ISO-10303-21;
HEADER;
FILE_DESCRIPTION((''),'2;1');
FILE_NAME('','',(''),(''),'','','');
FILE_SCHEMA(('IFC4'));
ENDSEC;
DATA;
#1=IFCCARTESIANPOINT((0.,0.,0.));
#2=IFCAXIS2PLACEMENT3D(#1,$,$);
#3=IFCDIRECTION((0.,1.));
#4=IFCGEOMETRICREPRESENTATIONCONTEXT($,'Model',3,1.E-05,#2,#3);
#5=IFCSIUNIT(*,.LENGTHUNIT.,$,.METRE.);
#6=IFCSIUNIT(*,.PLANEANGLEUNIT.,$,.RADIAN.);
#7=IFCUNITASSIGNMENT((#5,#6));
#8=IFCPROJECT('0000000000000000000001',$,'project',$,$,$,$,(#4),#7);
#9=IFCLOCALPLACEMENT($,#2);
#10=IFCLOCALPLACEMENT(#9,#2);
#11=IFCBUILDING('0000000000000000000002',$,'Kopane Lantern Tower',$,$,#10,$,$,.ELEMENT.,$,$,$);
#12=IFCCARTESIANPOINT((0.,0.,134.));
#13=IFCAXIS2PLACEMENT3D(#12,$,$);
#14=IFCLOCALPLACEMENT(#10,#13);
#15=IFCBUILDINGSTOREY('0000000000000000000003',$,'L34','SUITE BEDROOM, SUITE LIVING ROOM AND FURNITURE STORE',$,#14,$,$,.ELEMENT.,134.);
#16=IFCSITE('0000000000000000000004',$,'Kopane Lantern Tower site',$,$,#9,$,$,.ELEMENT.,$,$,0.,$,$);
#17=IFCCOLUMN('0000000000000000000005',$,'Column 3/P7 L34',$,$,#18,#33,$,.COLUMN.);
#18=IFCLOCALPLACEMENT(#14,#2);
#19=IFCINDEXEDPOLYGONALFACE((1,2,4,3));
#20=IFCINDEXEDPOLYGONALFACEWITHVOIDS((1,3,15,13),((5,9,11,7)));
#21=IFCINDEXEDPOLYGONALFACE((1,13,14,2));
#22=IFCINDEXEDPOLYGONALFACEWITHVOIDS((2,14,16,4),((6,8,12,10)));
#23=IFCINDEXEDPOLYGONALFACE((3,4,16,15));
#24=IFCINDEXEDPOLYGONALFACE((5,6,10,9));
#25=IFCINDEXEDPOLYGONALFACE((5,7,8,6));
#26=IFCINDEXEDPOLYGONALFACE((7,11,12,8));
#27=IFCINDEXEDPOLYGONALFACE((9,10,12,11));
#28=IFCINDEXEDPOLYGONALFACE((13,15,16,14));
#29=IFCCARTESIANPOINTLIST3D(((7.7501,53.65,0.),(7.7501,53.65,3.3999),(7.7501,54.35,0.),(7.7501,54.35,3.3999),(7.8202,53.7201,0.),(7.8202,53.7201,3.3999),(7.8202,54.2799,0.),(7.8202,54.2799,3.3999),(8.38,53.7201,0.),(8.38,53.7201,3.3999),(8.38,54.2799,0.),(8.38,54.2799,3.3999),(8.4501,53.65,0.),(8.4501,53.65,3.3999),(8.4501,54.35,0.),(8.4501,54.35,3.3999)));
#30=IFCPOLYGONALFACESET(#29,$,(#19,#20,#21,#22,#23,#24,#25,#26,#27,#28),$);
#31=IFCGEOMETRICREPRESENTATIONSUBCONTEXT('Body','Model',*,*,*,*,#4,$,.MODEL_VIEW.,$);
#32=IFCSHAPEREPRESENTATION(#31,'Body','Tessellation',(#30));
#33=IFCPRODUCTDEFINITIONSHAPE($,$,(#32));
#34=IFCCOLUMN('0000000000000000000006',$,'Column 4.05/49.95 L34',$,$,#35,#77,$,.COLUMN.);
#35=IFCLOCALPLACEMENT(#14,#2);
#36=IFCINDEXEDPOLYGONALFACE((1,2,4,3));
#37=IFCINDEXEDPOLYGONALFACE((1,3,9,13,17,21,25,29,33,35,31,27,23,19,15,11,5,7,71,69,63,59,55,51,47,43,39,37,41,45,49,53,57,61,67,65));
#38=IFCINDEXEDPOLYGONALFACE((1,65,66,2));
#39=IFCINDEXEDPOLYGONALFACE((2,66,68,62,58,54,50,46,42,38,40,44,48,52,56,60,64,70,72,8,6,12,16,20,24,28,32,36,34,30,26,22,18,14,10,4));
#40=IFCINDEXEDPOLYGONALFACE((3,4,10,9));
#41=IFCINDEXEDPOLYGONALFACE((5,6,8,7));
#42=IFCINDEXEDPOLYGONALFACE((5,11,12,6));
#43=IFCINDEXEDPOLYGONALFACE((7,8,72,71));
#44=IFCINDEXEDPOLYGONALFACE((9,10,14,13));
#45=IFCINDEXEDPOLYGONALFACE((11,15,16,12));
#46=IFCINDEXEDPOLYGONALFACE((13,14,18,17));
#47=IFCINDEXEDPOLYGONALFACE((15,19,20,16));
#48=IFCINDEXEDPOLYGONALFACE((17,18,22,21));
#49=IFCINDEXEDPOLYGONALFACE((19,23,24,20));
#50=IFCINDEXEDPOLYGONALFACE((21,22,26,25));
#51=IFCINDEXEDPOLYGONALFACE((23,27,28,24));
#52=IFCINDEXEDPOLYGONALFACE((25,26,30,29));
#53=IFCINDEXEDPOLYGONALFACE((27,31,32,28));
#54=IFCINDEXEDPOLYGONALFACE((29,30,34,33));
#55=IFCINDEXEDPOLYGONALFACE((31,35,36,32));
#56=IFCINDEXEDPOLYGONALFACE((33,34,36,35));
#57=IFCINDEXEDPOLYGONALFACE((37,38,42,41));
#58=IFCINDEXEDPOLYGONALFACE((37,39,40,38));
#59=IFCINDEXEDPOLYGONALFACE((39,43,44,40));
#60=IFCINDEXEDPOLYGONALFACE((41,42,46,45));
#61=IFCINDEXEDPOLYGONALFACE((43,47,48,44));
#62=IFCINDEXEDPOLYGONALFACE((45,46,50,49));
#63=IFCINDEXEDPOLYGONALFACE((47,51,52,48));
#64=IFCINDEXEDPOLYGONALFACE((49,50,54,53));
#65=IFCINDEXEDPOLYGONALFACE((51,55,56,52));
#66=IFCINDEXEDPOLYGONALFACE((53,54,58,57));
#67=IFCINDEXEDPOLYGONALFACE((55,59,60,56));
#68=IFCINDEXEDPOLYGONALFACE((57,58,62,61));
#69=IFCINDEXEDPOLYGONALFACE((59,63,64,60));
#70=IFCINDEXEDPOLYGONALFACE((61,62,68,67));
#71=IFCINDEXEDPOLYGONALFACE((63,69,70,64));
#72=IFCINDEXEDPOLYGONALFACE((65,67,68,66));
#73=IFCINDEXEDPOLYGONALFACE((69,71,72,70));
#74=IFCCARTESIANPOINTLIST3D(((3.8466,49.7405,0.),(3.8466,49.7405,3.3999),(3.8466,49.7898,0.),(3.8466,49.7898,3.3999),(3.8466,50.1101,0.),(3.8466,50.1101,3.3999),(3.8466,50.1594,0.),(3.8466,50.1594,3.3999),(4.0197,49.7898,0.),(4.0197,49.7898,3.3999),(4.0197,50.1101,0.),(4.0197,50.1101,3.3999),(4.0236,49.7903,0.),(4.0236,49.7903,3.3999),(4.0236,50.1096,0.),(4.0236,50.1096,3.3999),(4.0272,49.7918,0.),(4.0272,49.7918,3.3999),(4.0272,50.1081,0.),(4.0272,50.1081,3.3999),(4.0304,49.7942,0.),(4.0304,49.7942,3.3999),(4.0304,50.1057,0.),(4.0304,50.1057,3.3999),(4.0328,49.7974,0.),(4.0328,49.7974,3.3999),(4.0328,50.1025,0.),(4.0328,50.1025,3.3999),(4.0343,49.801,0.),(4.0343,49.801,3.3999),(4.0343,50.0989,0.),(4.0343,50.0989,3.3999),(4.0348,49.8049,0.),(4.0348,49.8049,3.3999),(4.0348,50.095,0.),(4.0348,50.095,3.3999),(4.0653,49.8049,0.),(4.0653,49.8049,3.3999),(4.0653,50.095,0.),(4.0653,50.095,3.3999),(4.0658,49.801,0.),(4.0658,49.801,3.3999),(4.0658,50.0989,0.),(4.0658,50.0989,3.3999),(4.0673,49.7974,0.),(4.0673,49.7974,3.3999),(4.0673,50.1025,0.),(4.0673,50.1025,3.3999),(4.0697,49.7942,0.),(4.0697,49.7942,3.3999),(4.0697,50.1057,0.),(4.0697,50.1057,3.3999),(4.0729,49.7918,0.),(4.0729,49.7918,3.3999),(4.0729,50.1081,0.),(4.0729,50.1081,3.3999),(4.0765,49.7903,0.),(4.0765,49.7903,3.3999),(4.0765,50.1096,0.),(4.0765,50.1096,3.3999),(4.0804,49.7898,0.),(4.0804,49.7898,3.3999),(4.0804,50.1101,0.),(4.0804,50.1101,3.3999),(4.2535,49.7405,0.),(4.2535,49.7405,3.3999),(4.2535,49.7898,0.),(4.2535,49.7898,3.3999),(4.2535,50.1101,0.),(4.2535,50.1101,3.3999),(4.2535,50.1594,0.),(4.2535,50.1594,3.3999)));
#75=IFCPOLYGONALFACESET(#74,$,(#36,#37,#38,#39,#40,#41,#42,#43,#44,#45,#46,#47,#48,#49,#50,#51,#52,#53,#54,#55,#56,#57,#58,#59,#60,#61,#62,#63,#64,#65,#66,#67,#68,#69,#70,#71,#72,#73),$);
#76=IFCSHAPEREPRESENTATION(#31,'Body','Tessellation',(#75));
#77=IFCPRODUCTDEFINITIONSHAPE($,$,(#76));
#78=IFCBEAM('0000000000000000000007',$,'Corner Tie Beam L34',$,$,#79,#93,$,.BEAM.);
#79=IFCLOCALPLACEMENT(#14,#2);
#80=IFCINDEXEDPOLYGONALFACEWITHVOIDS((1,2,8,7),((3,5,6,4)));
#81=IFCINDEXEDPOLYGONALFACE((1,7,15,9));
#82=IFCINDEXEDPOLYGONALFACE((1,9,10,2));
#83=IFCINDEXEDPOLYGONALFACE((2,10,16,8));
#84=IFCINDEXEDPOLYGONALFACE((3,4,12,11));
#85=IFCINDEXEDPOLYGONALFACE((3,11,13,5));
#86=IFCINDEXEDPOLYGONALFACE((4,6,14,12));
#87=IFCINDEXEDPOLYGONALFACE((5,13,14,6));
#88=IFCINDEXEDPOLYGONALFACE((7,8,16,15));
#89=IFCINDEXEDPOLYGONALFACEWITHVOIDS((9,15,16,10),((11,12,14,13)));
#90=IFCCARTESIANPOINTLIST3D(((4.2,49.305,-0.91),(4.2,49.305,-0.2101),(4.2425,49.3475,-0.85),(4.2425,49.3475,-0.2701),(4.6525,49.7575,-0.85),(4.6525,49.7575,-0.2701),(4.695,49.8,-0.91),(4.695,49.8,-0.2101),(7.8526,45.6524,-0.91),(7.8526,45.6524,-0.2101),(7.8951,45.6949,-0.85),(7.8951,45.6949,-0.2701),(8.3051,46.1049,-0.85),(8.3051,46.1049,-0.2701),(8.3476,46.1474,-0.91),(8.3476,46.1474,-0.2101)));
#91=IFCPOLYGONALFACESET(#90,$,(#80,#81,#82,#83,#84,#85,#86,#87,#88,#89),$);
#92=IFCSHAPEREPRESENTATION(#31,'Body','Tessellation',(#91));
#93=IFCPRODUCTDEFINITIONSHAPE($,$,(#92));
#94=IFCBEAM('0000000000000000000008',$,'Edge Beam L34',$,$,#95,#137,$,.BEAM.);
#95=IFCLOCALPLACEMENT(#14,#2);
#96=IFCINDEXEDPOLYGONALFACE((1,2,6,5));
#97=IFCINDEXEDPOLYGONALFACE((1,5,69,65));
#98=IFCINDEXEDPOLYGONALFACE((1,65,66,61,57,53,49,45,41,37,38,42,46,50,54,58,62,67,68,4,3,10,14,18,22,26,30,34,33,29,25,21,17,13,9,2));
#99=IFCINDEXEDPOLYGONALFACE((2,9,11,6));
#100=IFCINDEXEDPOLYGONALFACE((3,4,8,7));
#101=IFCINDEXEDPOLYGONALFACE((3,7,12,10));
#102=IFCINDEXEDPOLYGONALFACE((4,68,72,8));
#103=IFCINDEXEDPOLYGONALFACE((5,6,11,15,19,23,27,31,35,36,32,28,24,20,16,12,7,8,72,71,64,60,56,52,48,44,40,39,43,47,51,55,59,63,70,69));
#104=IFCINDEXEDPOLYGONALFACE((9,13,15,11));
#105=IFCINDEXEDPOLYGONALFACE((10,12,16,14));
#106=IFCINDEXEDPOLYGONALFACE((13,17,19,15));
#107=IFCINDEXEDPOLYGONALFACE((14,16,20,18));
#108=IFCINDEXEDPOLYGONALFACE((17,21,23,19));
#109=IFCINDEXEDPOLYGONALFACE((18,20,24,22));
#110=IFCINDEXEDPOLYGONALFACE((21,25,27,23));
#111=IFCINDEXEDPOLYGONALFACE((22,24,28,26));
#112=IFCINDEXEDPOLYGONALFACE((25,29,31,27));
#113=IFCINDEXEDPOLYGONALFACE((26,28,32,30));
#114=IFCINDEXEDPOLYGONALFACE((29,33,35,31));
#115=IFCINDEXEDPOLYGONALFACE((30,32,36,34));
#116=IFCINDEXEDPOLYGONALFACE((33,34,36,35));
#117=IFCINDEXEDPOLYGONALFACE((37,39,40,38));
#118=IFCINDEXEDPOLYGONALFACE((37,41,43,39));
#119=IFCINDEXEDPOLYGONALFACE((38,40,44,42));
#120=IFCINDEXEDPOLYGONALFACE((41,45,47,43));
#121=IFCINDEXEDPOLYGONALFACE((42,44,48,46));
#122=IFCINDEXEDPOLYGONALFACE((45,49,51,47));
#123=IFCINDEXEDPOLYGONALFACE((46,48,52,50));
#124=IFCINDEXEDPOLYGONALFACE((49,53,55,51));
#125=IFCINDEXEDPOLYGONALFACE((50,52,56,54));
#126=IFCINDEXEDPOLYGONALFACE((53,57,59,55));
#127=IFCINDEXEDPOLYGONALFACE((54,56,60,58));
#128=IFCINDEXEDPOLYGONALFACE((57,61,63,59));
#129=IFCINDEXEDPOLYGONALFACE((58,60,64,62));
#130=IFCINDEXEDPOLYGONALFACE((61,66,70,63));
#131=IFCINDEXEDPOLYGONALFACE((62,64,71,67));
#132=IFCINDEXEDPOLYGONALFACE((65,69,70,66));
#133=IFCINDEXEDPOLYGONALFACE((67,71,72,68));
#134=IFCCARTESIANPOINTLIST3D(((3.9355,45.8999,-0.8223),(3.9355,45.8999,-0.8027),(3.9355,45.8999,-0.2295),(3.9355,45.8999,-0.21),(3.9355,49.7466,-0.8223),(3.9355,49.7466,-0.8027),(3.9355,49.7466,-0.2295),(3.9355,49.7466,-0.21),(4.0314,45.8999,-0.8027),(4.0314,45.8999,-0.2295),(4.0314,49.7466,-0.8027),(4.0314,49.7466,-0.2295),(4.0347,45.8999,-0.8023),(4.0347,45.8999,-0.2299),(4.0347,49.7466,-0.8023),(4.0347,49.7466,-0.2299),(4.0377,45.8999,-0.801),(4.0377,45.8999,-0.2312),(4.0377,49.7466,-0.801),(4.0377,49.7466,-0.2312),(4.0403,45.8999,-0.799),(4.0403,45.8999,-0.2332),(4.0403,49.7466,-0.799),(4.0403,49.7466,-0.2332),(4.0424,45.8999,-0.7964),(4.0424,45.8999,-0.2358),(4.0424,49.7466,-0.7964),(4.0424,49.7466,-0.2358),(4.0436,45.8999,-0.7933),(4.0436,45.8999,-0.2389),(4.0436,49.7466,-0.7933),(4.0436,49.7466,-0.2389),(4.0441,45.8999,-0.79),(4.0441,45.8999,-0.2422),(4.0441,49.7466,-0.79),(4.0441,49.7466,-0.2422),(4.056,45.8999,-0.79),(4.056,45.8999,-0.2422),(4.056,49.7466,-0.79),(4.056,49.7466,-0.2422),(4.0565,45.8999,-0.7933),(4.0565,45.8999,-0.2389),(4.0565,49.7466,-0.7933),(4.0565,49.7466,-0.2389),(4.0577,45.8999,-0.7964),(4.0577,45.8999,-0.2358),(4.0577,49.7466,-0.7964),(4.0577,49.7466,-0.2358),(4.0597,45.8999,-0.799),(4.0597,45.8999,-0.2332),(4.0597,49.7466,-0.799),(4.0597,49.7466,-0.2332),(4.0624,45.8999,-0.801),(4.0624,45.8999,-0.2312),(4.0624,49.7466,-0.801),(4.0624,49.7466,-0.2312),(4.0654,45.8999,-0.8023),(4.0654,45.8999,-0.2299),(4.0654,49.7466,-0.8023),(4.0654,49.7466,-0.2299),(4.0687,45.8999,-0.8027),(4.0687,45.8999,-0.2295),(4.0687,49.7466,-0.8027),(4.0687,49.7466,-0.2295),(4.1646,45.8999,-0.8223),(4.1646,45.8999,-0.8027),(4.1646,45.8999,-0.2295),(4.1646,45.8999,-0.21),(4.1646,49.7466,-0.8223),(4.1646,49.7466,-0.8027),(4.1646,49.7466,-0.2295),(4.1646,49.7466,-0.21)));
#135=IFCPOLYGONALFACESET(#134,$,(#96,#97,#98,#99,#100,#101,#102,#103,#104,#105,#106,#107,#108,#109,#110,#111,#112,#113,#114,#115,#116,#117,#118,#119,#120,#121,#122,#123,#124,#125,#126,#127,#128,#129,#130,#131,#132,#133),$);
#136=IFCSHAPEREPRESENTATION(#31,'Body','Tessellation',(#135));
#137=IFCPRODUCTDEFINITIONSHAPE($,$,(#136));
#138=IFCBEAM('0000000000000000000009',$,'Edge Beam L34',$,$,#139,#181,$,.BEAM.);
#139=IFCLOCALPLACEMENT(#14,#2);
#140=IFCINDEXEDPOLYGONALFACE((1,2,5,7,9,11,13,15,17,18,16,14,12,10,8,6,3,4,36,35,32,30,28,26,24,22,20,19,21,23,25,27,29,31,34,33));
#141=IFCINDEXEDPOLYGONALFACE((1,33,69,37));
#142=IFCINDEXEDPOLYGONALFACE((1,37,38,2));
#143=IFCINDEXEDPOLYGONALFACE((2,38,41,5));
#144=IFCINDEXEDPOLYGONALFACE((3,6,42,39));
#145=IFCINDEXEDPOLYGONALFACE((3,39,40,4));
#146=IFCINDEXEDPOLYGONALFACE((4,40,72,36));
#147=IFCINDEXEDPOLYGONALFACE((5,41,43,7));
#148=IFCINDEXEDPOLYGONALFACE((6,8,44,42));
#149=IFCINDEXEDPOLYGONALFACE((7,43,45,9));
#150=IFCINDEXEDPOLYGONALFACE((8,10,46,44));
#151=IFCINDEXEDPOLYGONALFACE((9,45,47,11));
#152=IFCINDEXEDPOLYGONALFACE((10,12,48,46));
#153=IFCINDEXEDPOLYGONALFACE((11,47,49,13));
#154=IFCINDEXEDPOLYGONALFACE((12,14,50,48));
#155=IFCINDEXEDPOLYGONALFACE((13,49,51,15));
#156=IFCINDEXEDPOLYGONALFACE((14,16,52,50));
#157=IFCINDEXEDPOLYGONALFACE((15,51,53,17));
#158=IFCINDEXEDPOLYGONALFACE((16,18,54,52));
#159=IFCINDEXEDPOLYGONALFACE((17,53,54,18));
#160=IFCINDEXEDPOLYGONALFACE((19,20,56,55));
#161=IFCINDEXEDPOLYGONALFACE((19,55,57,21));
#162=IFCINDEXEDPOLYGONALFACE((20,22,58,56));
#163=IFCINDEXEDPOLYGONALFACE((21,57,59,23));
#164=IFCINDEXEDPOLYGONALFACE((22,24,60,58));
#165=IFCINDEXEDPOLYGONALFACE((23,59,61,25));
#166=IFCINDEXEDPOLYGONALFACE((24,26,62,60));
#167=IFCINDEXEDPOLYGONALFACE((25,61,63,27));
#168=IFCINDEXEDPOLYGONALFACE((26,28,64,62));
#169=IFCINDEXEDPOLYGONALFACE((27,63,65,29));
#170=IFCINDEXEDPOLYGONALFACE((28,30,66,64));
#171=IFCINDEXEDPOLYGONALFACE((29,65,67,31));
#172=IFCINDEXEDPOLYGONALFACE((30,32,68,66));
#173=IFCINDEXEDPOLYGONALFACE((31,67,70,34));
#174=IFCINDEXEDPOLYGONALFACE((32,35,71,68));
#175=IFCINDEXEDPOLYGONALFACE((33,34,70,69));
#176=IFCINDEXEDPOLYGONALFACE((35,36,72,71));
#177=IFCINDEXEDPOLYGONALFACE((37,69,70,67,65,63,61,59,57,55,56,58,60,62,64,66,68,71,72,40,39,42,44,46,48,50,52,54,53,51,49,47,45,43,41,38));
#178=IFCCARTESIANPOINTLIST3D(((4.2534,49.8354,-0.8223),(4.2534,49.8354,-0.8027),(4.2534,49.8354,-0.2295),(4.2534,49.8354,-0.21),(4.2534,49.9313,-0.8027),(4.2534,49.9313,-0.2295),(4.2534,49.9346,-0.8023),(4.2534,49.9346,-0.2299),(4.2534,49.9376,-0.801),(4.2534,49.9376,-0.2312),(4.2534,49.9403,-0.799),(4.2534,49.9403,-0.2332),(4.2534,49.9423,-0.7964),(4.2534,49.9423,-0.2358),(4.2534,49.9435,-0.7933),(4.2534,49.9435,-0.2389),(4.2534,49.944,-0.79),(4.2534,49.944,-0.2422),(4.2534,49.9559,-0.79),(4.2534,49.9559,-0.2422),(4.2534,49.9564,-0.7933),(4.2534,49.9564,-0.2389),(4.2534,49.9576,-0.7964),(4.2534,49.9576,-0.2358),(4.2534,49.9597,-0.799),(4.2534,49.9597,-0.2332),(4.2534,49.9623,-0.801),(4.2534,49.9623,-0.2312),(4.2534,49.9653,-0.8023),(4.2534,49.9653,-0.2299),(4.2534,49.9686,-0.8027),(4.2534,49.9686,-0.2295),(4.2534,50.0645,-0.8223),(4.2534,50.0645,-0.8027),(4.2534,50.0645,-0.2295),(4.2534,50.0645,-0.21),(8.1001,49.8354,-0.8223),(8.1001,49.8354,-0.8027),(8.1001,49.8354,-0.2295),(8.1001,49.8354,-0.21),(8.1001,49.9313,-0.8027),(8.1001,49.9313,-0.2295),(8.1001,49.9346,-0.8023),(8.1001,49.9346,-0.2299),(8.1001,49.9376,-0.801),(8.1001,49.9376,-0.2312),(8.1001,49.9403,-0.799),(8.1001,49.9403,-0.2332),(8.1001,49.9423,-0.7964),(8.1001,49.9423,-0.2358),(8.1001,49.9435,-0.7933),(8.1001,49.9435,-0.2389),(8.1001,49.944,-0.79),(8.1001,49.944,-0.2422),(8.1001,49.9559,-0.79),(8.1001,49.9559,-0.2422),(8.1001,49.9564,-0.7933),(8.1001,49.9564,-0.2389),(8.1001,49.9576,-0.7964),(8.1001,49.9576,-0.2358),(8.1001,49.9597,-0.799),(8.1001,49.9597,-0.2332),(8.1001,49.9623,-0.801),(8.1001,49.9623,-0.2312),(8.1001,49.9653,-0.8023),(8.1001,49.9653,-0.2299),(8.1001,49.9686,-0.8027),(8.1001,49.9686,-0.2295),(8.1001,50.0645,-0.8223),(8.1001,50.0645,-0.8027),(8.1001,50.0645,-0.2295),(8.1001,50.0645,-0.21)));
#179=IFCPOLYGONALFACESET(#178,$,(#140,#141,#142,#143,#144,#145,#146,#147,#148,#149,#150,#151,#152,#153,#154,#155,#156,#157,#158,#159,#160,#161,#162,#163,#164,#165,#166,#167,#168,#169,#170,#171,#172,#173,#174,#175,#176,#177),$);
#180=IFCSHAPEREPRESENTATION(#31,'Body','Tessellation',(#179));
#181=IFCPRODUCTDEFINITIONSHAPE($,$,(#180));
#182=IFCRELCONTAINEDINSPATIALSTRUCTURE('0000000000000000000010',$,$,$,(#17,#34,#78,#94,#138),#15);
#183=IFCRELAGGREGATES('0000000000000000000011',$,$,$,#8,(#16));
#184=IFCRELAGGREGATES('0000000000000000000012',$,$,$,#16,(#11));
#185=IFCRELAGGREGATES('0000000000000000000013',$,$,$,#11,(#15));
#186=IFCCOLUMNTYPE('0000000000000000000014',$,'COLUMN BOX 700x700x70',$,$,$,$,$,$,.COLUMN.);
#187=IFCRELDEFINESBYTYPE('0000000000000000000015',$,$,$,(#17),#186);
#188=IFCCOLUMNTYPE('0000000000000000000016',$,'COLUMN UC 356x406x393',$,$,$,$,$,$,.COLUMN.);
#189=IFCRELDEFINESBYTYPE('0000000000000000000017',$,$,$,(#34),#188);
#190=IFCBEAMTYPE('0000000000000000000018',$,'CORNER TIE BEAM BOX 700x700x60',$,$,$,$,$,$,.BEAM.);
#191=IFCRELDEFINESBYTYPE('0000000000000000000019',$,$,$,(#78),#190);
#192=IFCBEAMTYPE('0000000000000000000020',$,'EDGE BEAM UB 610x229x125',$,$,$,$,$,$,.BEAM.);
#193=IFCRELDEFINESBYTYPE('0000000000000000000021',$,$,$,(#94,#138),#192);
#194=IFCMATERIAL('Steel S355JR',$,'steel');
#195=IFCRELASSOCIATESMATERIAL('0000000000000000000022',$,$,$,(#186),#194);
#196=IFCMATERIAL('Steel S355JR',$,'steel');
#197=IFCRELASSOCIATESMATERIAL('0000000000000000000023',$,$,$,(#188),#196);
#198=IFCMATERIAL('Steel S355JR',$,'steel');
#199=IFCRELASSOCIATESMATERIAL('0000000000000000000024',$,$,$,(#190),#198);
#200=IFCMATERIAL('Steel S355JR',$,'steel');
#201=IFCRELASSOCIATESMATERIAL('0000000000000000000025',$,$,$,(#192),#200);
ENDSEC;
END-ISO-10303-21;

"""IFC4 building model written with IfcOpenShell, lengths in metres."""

from ifc_helpers import new_model, si_unit, direction, frame, origin, origin_2d, place, context, subcontext, project, spatial, hollow_rectangle, i_section, extrude, material, material_profile, profile_set, type_object, element, save


model = new_model("IFC4")

# Units and contexts
model_context = context("Model", 3, precision=1e-05, world=origin(), true_north=direction((0.0, 1.0)))
body_context = subcontext(model_context, "Body", "Model", "MODEL_VIEW")
ifc_project = project(units=[si_unit("LENGTHUNIT", "METRE"), si_unit("PLANEANGLEUNIT", "RADIAN")], contexts=[model_context])

# Site, building, storey
site_placement = place(None, origin())
site = spatial("IfcSite", under=ifc_project, at=site_placement, Name="Kopane Lantern Tower site", CompositionType="ELEMENT", RefElevation=0.0)
building_placement = place(site_placement, origin())
building = spatial("IfcBuilding", under=site, at=building_placement, Name="Kopane Lantern Tower", CompositionType="ELEMENT")
storey_placement = place(building_placement, frame((0.0, 0.0, 134.0)))
storey = spatial("IfcBuildingStorey", under=building, at=storey_placement, Name="L34", Description="SUITE BEDROOM, SUITE LIVING ROOM AND FURNITURE STORE", CompositionType="ELEMENT", Elevation=134.0)

# Columns
ifc_material_1 = material(Name="Steel S355JR", Category="steel")
ifc_material_profile_1 = material_profile(ifc_material_1, hollow_rectangle(XDim=0.7, YDim=0.7, WallThickness=0.0701, at=origin_2d()), Name="BOX 700x700x70")
ifc_profile_set_1 = profile_set([ifc_material_profile_1], Name="Steel S355JR")
column_type_1 = type_object("IfcColumnType", Name="COLUMN BOX 700x700x70", PredefinedType="COLUMN", material=ifc_profile_set_1)
column_1_placement = place(storey_placement, frame((8.1001, 54.0, 0.0), z_axis=(0.0, 0.0, 1.0), x_axis=(1.0, 0.0, 0.0)))
element("IfcColumn", 1, at=column_1_placement, inside=storey, type_object=column_type_1, Name="Column 3/P7 L34", PredefinedType="COLUMN", context=body_context, shape_type="SweptSolid", body=[
    extrude(hollow_rectangle(XDim=0.7, YDim=0.7, WallThickness=0.0701, at=origin_2d()), origin(), (0.0, 0.0, 1.0), 3.3999),
])
ifc_material_2 = material(Name="Steel S355JR", Category="steel")
ifc_material_profile_2 = material_profile(ifc_material_2, i_section(OverallWidth=0.407, OverallDepth=0.4189, WebThickness=0.0305, FlangeThickness=0.0493, FilletRadius=0.0151, at=origin_2d()), Name="UC 356x406x393")
ifc_profile_set_2 = profile_set([ifc_material_profile_2], Name="Steel S355JR")
column_type_2 = type_object("IfcColumnType", Name="COLUMN UC 356x406x393", PredefinedType="COLUMN", material=ifc_profile_set_2)
column_2_placement = place(storey_placement, frame((4.05, 49.95, 0.0), z_axis=(0.0, 0.0, 1.0), x_axis=(1.0, 0.0, 0.0)))
element("IfcColumn", 2, at=column_2_placement, inside=storey, type_object=column_type_2, Name="Column 4.05/49.95 L34", PredefinedType="COLUMN", context=body_context, shape_type="SweptSolid", body=[
    extrude(i_section(OverallWidth=0.407, OverallDepth=0.4189, WebThickness=0.0305, FlangeThickness=0.0493, FilletRadius=0.0151, at=origin_2d()), origin(), (0.0, 0.0, 1.0), 3.3999),
])

# Beams
ifc_material_3 = material(Name="Steel S355JR", Category="steel")
ifc_material_profile_3 = material_profile(ifc_material_3, hollow_rectangle(XDim=0.7, YDim=0.7, WallThickness=0.0601, at=origin_2d()), Name="BOX 700x700x60")
ifc_profile_set_3 = profile_set([ifc_material_profile_3], Name="Steel S355JR")
beam_type_1 = type_object("IfcBeamType", Name="CORNER TIE BEAM BOX 700x700x60", PredefinedType="BEAM", material=ifc_profile_set_3)
beam_placement = place(storey_placement, frame((4.4475, 49.5525, -0.5601), z_axis=(0.707107, -0.707107, 0.0), x_axis=(0.707107, 0.707107, 0.0)))
element("IfcBeam", 3, at=beam_placement, inside=storey, type_object=beam_type_1, Name="Corner Tie Beam L34", PredefinedType="BEAM", context=body_context, shape_type="SweptSolid", body=[
    extrude(hollow_rectangle(XDim=0.7, YDim=0.7, WallThickness=0.0601, at=origin_2d()), origin(), (0.0, 0.0, 1.0), 5.1655),
])
ifc_material_4 = material(Name="Steel S355JR", Category="steel")
ifc_material_profile_4 = material_profile(ifc_material_4, i_section(OverallWidth=0.229, OverallDepth=0.6123, WebThickness=0.012, FlangeThickness=0.0195, FilletRadius=0.0127, at=origin_2d()), Name="UB 610x229x125")
ifc_profile_set_4 = profile_set([ifc_material_profile_4], Name="Steel S355JR")
beam_type_2 = type_object("IfcBeamType", Name="EDGE BEAM UB 610x229x125", PredefinedType="BEAM", material=ifc_profile_set_4)
for number, where, z_axis, x_axis, name in (
    (4, (4.05, 49.7466, -0.5161), (0.0, -1.0, 0.0), (1.0, 0.0, 0.0), "Edge Beam L34"),
    (5, (4.2534, 49.95, -0.5161), (1.0, 0.0, 0.0), (0.0, 1.0, 0.0), "Edge Beam L34"),
):
    element("IfcBeam", number, at=place(storey_placement, frame(where, z_axis=z_axis, x_axis=x_axis)), inside=storey, type_object=beam_type_2, Name=name, PredefinedType="BEAM", context=body_context, shape_type="SweptSolid", body=[
        extrude(i_section(OverallWidth=0.229, OverallDepth=0.6123, WebThickness=0.012, FlangeThickness=0.0195, FilletRadius=0.0127, at=origin_2d()), origin(), (0.0, 0.0, 1.0), 3.8467),
    ])

save(model, "model.ifc")
